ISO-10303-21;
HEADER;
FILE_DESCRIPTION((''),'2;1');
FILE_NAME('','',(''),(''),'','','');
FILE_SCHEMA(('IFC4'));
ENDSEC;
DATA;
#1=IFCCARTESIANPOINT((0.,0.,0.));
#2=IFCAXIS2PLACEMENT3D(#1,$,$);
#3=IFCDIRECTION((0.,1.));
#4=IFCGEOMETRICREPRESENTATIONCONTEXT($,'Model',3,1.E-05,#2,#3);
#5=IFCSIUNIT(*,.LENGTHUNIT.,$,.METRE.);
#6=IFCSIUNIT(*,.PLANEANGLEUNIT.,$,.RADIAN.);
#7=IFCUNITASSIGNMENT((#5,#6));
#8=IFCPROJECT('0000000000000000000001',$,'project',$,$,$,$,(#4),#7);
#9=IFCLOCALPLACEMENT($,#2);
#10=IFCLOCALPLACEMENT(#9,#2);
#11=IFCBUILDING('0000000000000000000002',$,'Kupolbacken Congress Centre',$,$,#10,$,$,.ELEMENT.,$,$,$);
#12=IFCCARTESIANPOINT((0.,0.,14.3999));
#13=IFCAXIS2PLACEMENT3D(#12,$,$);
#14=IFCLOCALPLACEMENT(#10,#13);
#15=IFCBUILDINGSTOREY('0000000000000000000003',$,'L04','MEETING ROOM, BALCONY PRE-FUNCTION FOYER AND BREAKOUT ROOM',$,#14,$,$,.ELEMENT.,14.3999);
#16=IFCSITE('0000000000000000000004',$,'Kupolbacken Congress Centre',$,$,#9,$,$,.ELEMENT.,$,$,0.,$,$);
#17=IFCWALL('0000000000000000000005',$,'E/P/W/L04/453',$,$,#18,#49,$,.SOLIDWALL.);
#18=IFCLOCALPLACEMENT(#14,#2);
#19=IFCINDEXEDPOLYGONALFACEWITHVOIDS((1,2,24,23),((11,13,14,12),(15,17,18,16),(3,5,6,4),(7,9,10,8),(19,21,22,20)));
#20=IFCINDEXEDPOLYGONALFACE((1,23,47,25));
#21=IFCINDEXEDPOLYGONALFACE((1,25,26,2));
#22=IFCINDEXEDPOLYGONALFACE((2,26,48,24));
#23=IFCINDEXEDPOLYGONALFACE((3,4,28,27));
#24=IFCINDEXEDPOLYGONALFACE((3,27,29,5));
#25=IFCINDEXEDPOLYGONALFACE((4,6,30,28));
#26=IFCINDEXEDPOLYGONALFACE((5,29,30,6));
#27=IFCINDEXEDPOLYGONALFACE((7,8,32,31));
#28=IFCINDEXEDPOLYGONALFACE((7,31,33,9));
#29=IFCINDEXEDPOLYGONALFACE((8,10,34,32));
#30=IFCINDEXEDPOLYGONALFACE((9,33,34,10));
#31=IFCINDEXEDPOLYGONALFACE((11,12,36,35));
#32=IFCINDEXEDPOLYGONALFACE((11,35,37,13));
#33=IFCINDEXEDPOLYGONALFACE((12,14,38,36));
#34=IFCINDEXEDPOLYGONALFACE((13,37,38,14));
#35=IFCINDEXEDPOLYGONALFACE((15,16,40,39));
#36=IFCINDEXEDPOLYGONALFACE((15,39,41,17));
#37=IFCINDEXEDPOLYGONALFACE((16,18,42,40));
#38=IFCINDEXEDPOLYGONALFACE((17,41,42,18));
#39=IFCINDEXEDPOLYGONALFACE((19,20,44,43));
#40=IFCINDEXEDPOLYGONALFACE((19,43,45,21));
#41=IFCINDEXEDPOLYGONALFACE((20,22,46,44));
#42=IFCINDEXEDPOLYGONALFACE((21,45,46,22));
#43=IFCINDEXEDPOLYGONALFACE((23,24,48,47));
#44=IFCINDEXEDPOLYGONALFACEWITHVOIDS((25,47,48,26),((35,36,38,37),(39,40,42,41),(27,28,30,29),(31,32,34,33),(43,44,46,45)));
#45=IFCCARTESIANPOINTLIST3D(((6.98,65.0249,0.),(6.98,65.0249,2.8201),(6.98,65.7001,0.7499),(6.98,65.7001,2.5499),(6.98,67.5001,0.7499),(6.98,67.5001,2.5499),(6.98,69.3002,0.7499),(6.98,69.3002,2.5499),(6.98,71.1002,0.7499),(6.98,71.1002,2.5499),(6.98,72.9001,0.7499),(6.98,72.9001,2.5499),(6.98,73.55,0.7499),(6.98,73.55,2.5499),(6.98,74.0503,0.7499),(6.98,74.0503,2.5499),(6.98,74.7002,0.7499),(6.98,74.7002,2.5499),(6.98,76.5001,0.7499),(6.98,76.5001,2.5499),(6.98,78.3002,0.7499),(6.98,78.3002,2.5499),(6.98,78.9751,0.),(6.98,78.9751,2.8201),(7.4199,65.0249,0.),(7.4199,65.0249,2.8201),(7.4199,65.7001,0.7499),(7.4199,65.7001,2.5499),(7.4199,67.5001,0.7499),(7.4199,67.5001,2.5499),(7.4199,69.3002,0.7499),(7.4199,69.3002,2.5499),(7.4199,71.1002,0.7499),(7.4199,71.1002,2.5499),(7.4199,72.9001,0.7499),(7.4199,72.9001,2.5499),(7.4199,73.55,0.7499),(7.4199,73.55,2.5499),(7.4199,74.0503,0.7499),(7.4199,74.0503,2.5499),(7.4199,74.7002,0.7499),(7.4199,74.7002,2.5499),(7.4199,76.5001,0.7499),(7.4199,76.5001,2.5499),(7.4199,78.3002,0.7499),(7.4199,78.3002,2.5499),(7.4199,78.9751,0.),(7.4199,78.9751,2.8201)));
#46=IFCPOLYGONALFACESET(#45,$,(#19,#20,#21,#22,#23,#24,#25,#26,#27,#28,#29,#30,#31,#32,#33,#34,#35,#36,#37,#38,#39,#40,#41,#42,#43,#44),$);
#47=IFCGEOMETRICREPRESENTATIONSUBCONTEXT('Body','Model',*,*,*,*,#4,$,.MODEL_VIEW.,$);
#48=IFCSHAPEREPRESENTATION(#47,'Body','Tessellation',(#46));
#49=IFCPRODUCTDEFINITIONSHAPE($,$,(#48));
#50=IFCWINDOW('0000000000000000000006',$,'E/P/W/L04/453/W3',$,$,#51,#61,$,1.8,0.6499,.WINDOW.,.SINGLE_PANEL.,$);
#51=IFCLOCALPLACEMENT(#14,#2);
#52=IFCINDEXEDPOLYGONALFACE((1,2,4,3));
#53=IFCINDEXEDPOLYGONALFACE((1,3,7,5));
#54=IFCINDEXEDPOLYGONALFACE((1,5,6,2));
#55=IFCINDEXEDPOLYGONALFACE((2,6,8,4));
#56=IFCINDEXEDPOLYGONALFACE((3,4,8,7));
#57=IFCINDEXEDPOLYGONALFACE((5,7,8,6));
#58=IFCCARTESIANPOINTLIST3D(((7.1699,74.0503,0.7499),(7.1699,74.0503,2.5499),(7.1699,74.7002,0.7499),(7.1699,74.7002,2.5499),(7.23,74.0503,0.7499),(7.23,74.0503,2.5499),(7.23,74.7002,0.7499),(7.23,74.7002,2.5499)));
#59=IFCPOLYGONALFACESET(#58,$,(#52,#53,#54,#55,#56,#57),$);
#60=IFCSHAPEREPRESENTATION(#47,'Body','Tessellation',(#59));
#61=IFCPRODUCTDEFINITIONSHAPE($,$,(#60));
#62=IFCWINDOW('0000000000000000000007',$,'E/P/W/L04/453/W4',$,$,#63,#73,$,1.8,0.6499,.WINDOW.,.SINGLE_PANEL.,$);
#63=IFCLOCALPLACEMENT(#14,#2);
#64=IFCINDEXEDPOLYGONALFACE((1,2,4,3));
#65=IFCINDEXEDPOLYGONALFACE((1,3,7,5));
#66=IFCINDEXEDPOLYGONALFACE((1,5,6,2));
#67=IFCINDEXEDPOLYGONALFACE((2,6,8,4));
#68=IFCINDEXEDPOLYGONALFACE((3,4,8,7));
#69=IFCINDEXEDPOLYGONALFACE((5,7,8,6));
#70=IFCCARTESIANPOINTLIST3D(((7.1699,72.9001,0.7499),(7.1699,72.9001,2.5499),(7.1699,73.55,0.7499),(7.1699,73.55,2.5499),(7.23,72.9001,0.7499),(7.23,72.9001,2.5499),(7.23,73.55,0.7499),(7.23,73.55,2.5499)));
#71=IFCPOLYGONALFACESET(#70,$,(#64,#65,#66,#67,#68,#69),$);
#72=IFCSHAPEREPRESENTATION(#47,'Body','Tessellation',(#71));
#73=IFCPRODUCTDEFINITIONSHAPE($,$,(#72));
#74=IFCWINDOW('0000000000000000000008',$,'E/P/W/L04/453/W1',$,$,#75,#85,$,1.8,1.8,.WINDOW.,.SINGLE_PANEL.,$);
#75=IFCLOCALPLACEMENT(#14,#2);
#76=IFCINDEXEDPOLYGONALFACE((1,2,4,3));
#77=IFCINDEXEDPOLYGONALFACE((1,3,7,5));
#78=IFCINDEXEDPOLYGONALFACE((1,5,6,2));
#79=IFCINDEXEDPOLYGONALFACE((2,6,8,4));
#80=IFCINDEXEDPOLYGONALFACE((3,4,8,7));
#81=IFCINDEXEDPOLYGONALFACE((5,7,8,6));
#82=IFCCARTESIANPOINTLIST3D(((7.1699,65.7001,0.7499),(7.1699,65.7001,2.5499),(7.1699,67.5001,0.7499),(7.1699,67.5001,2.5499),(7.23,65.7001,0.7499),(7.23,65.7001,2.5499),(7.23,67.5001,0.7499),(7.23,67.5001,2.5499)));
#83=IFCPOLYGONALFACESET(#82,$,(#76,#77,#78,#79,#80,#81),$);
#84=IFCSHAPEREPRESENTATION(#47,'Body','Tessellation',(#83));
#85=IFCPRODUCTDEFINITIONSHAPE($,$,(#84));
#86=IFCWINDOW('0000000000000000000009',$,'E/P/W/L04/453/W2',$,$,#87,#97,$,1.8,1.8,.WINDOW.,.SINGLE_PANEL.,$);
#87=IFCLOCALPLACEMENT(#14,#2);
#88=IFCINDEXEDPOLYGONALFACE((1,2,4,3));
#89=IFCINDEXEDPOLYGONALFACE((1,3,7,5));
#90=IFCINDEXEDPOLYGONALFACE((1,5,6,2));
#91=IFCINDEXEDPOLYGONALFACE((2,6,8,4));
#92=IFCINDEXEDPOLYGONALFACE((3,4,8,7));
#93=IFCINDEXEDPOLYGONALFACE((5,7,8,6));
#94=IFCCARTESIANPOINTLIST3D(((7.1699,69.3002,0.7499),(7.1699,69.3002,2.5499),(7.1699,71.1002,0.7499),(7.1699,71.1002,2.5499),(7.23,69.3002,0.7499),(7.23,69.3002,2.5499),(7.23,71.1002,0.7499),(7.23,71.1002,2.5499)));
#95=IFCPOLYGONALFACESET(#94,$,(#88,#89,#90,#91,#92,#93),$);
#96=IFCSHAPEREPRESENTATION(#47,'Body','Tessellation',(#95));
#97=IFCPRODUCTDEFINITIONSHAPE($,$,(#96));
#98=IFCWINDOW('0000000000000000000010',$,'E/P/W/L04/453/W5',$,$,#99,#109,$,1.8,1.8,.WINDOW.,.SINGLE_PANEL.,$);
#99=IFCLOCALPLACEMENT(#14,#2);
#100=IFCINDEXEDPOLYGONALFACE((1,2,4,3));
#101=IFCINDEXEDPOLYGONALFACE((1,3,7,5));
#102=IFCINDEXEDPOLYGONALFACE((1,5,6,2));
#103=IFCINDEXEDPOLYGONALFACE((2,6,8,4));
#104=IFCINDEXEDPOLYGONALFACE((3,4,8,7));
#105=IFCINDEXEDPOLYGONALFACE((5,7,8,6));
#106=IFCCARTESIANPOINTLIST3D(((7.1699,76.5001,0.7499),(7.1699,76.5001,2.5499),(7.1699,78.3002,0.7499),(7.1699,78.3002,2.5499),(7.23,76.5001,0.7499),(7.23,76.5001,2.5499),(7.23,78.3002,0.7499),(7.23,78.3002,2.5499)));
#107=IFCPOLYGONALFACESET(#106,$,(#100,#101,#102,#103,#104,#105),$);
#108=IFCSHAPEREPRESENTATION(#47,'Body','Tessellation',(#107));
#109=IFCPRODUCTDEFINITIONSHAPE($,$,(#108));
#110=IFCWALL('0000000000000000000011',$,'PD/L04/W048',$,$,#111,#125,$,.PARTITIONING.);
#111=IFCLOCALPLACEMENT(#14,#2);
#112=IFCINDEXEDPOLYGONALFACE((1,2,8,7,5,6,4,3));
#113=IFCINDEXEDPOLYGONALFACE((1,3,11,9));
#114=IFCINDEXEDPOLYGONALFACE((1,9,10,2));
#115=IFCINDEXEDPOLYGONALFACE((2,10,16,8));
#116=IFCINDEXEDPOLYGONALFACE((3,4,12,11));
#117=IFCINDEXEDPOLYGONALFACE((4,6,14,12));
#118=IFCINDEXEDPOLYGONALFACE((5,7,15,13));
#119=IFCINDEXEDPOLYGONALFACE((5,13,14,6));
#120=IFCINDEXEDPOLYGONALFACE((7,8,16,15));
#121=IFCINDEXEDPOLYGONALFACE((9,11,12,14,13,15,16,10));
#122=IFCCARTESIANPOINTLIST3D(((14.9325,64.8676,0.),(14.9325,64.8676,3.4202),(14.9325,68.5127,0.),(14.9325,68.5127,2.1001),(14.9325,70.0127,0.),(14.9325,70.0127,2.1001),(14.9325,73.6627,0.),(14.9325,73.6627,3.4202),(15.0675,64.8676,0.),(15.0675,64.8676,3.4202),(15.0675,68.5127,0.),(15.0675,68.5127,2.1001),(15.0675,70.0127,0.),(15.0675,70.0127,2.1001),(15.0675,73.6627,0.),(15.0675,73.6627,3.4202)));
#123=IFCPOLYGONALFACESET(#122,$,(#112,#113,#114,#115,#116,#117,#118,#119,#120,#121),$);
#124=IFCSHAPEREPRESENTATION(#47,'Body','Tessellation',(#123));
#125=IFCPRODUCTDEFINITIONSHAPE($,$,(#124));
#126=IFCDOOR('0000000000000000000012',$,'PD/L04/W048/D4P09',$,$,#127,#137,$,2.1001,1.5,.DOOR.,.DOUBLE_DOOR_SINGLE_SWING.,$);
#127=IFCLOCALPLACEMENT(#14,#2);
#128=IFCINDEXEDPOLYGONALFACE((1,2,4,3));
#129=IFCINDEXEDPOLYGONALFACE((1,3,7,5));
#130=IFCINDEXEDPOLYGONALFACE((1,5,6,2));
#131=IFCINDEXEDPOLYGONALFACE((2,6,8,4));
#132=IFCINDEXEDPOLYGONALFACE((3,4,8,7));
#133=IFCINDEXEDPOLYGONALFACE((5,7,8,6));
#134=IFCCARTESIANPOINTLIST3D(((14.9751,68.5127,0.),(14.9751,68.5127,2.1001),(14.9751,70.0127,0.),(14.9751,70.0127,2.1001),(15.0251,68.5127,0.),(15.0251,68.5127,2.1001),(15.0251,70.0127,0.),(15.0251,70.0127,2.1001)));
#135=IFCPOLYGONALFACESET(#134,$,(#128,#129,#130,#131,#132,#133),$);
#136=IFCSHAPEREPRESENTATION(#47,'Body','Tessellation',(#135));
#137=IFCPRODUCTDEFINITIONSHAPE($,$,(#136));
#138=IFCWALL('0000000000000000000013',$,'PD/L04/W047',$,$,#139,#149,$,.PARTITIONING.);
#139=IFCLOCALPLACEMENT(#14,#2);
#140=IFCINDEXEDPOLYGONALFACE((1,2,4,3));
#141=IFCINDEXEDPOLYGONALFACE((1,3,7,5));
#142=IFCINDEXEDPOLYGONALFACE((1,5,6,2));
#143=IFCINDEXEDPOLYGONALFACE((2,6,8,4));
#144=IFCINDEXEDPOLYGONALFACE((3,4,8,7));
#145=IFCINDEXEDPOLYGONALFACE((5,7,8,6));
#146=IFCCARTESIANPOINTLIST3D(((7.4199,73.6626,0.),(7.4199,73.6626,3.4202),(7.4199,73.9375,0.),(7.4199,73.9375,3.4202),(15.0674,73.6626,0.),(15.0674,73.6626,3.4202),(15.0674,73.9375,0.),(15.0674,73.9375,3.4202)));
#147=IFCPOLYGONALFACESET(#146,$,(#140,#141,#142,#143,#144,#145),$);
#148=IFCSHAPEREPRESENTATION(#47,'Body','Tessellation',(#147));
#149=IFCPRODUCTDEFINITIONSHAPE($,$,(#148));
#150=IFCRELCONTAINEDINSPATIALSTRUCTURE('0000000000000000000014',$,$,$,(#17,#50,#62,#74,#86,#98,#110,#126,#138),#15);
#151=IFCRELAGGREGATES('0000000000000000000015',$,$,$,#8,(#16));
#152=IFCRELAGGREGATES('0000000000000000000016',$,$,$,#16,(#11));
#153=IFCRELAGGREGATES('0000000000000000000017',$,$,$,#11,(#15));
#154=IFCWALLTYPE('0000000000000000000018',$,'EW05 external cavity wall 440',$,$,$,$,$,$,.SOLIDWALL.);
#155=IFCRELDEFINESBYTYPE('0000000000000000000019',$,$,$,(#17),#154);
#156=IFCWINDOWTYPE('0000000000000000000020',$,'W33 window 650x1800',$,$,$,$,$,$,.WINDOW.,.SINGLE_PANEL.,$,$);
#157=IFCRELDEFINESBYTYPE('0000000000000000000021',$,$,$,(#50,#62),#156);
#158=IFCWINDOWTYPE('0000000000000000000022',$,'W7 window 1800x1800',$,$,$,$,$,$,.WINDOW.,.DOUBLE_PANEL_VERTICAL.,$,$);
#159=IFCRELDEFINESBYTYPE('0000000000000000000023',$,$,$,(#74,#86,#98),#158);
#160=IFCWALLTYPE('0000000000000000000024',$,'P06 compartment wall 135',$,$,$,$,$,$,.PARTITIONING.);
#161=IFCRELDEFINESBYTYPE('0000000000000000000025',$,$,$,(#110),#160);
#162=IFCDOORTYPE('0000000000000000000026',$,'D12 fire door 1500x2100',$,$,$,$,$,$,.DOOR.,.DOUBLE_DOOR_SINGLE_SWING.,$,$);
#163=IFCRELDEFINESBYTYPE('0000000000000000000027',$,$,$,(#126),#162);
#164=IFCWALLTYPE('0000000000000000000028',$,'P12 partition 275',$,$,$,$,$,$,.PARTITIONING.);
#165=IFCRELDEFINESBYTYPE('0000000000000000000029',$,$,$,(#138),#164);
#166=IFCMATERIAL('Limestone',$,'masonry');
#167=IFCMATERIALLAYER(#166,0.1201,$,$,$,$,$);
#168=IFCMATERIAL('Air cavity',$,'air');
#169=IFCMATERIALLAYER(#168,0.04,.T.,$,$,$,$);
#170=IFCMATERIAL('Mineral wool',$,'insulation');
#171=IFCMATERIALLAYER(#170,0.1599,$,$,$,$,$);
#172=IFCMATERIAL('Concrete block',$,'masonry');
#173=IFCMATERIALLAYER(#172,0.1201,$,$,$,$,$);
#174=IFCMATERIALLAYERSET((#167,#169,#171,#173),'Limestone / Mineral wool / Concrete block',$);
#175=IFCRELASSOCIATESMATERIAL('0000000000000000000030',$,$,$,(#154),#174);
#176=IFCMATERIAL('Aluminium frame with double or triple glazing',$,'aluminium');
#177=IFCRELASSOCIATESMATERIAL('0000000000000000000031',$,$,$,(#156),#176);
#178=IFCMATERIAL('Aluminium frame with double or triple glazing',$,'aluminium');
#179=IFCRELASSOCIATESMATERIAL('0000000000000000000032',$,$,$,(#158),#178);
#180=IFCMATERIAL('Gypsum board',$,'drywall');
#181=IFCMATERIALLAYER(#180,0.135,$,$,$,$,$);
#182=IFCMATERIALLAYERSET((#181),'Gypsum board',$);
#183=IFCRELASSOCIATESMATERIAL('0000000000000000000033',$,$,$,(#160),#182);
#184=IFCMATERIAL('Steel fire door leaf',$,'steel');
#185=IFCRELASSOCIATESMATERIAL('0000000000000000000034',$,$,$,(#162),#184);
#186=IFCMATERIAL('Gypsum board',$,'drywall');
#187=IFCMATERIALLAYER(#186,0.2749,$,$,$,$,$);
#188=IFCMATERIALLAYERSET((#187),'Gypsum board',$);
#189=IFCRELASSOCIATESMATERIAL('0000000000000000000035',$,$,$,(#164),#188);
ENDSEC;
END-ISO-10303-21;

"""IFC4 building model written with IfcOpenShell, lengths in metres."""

from ifc_helpers import new_model, si_unit, direction, frame, frame_2d, origin, place, context, subcontext, project, spatial, rectangle, extrude, material, layer, layer_set, type_object, element, fill, save


model = new_model("IFC4")

# Units and contexts
model_context = context("Model", 3, precision=1e-05, world=origin(), true_north=direction((0.0, 1.0)))
body_context = subcontext(model_context, "Body", "Model", "MODEL_VIEW")
ifc_project = project(units=[si_unit("LENGTHUNIT", "METRE"), si_unit("PLANEANGLEUNIT", "RADIAN")], contexts=[model_context])

# Site, building, storey
site_placement = place(None, origin())
site = spatial("IfcSite", under=ifc_project, at=site_placement, Name="Kupolbacken Congress Centre", CompositionType="ELEMENT", RefElevation=0.0)
building_placement = place(site_placement, origin())
building = spatial("IfcBuilding", under=site, at=building_placement, Name="Kupolbacken Congress Centre", CompositionType="ELEMENT")
storey_placement = place(building_placement, frame((0.0, 0.0, 14.3999)))
storey = spatial("IfcBuildingStorey", under=building, at=storey_placement, Name="L04", Description="MEETING ROOM, BALCONY PRE-FUNCTION FOYER AND BREAKOUT ROOM", CompositionType="ELEMENT", Elevation=14.3999)

# Wall, openings, windows
ifc_material_1 = material(Name="Limestone", Category="masonry")
ifc_layer_1 = layer(ifc_material_1, 0.1201)
ifc_material_2 = material(Name="Air cavity", Category="air")
ifc_layer_2 = layer(ifc_material_2, 0.04, ventilated=True)
ifc_material_3 = material(Name="Mineral wool", Category="insulation")
ifc_layer_3 = layer(ifc_material_3, 0.1599)
ifc_material_4 = material(Name="Concrete block", Category="masonry")
ifc_layer_4 = layer(ifc_material_4, 0.1201)
ifc_layer_set_1 = layer_set([ifc_layer_1, ifc_layer_2, ifc_layer_3, ifc_layer_4], Name="Limestone / Mineral wool / Concrete block")
wall_type_1 = type_object("IfcWallType", Name="EW05 external cavity wall 440", PredefinedType="SOLIDWALL", material=ifc_layer_set_1)
wall_1_placement = place(storey_placement, frame((7.2, 78.9751, 0.0), z_axis=(0.0, 0.0, 1.0), x_axis=(0.0, -1.0, 0.0)))
wall_1 = element("IfcWall", 1, at=wall_1_placement, inside=storey, type_object=wall_type_1, Name="E/P/W/L04/453", PredefinedType="SOLIDWALL", context=body_context, shape_type="SweptSolid", body=[
    extrude(rectangle(XDim=13.9502, YDim=0.4399, at=frame_2d((6.9751, 0.0))), origin(), (0.0, 0.0, 1.0), 2.8201),
])
opening_1_placement = place(wall_1_placement, frame((11.4751, 0.0, 0.75)))
opening_1 = element("IfcOpeningElement", 2, at=opening_1_placement, cuts=wall_1, PredefinedType="OPENING", context=body_context, shape_type="SweptSolid", body=[
    extrude(rectangle(XDim=1.8, YDim=1.8, at=frame_2d((0.8999, 0.8999))), frame((0.0, 0.23, 0.0), z_axis=(0.0, -1.0, 0.0), x_axis=(1.0, 0.0, 0.0)), (0.0, 0.0, 1.0), 0.46),
])
opening_2_placement = place(wall_1_placement, frame((7.875, 0.0, 0.75)))
opening_2 = element("IfcOpeningElement", 3, at=opening_2_placement, cuts=wall_1, PredefinedType="OPENING", context=body_context, shape_type="SweptSolid", body=[
    extrude(rectangle(XDim=1.8, YDim=1.8, at=frame_2d((0.8999, 0.8999))), frame((0.0, 0.23, 0.0), z_axis=(0.0, -1.0, 0.0), x_axis=(1.0, 0.0, 0.0)), (0.0, 0.0, 1.0), 0.46),
])
opening_3_placement = place(wall_1_placement, frame((4.2749, 0.0, 0.75)))
opening_3 = element("IfcOpeningElement", 4, at=opening_3_placement, cuts=wall_1, PredefinedType="OPENING", context=body_context, shape_type="SweptSolid", body=[
    extrude(rectangle(XDim=0.6499, YDim=1.8, at=frame_2d((0.325, 0.8999))), frame((0.0, 0.23, 0.0), z_axis=(0.0, -1.0, 0.0), x_axis=(1.0, 0.0, 0.0)), (0.0, 0.0, 1.0), 0.46),
])
opening_4_placement = place(wall_1_placement, frame((5.425, 0.0, 0.75)))
opening_4 = element("IfcOpeningElement", 5, at=opening_4_placement, cuts=wall_1, PredefinedType="OPENING", context=body_context, shape_type="SweptSolid", body=[
    extrude(rectangle(XDim=0.6499, YDim=1.8, at=frame_2d((0.325, 0.8999))), frame((0.0, 0.23, 0.0), z_axis=(0.0, -1.0, 0.0), x_axis=(1.0, 0.0, 0.0)), (0.0, 0.0, 1.0), 0.46),
])
opening_5_placement = place(wall_1_placement, frame((0.675, 0.0, 0.75)))
opening_5 = element("IfcOpeningElement", 6, at=opening_5_placement, cuts=wall_1, PredefinedType="OPENING", context=body_context, shape_type="SweptSolid", body=[
    extrude(rectangle(XDim=1.8, YDim=1.8, at=frame_2d((0.8999, 0.8999))), frame((0.0, 0.23, 0.0), z_axis=(0.0, -1.0, 0.0), x_axis=(1.0, 0.0, 0.0)), (0.0, 0.0, 1.0), 0.46),
])
ifc_material_5 = material(Name="Aluminium frame with double or triple glazing", Category="aluminium")
window_type_1 = type_object("IfcWindowType", Name="W33 window 650x1800", PartitioningType="SINGLE_PANEL", PredefinedType="WINDOW", material=ifc_material_5)
window_1_placement = place(opening_3_placement, origin())
window_1 = element("IfcWindow", 7, at=window_1_placement, inside=storey, type_object=window_type_1, Name="E/P/W/L04/453/W3", OverallHeight=1.8, OverallWidth=0.6499, PartitioningType="SINGLE_PANEL", PredefinedType="WINDOW", context=body_context, shape_type="SweptSolid", body=[
    extrude(rectangle(XDim=0.6499, YDim=1.8, at=frame_2d((0.325, 0.8999))), frame((0.0, 0.03, 0.0), z_axis=(0.0, -1.0, 0.0), x_axis=(1.0, 0.0, 0.0)), (0.0, 0.0, 1.0), 0.0601),
])
fill(opening_3, window_1)
window_2_placement = place(opening_4_placement, origin())
window_2 = element("IfcWindow", 8, at=window_2_placement, inside=storey, type_object=window_type_1, Name="E/P/W/L04/453/W4", OverallHeight=1.8, OverallWidth=0.6499, PartitioningType="SINGLE_PANEL", PredefinedType="WINDOW", context=body_context, shape_type="SweptSolid", body=[
    extrude(rectangle(XDim=0.6499, YDim=1.8, at=frame_2d((0.325, 0.8999))), frame((0.0, 0.03, 0.0), z_axis=(0.0, -1.0, 0.0), x_axis=(1.0, 0.0, 0.0)), (0.0, 0.0, 1.0), 0.0601),
])
fill(opening_4, window_2)
ifc_material_6 = material(Name="Aluminium frame with double or triple glazing", Category="aluminium")
window_type_2 = type_object("IfcWindowType", Name="W7 window 1800x1800", PartitioningType="DOUBLE_PANEL_VERTICAL", PredefinedType="WINDOW", material=ifc_material_6)
window_3_placement = place(opening_1_placement, origin())
window_3 = element("IfcWindow", 9, at=window_3_placement, inside=storey, type_object=window_type_2, Name="E/P/W/L04/453/W1", OverallHeight=1.8, OverallWidth=1.8, PartitioningType="SINGLE_PANEL", PredefinedType="WINDOW", context=body_context, shape_type="SweptSolid", body=[
    extrude(rectangle(XDim=1.8, YDim=1.8, at=frame_2d((0.8999, 0.8999))), frame((0.0, 0.03, 0.0), z_axis=(0.0, -1.0, 0.0), x_axis=(1.0, 0.0, 0.0)), (0.0, 0.0, 1.0), 0.0601),
])
fill(opening_1, window_3)
window_4_placement = place(opening_2_placement, origin())
window_4 = element("IfcWindow", 10, at=window_4_placement, inside=storey, type_object=window_type_2, Name="E/P/W/L04/453/W2", OverallHeight=1.8, OverallWidth=1.8, PartitioningType="SINGLE_PANEL", PredefinedType="WINDOW", context=body_context, shape_type="SweptSolid", body=[
    extrude(rectangle(XDim=1.8, YDim=1.8, at=frame_2d((0.8999, 0.8999))), frame((0.0, 0.03, 0.0), z_axis=(0.0, -1.0, 0.0), x_axis=(1.0, 0.0, 0.0)), (0.0, 0.0, 1.0), 0.0601),
])
fill(opening_2, window_4)
window_5_placement = place(opening_5_placement, origin())
window_5 = element("IfcWindow", 11, at=window_5_placement, inside=storey, type_object=window_type_2, Name="E/P/W/L04/453/W5", OverallHeight=1.8, OverallWidth=1.8, PartitioningType="SINGLE_PANEL", PredefinedType="WINDOW", context=body_context, shape_type="SweptSolid", body=[
    extrude(rectangle(XDim=1.8, YDim=1.8, at=frame_2d((0.8999, 0.8999))), frame((0.0, 0.03, 0.0), z_axis=(0.0, -1.0, 0.0), x_axis=(1.0, 0.0, 0.0)), (0.0, 0.0, 1.0), 0.0601),
])
fill(opening_5, window_5)

# Wall, opening, door
ifc_material_7 = material(Name="Gypsum board", Category="drywall")
ifc_layer_5 = layer(ifc_material_7, 0.135)
ifc_layer_set_2 = layer_set([ifc_layer_5], Name="Gypsum board")
wall_type_2 = type_object("IfcWallType", Name="P06 compartment wall 135", PredefinedType="PARTITIONING", material=ifc_layer_set_2)
wall_2_placement = place(storey_placement, frame((15.0, 73.6626, 0.0), z_axis=(0.0, 0.0, 1.0), x_axis=(0.0, -1.0, 0.0)))
wall_2 = element("IfcWall", 12, at=wall_2_placement, inside=storey, type_object=wall_type_2, Name="PD/L04/W048", PredefinedType="PARTITIONING", context=body_context, shape_type="SweptSolid", body=[
    extrude(rectangle(XDim=8.7952, YDim=0.135, at=frame_2d((4.3975, 0.0))), origin(), (0.0, 0.0, 1.0), 3.4202),
])
opening_6_placement = place(wall_2_placement, frame((3.6499, 0.0, 0.0)))
opening_6 = element("IfcOpeningElement", 13, at=opening_6_placement, cuts=wall_2, PredefinedType="OPENING", context=body_context, shape_type="SweptSolid", body=[
    extrude(rectangle(XDim=1.5, YDim=2.1001, at=frame_2d((0.75, 1.05))), frame((0.0, 0.0774, 0.0), z_axis=(0.0, -1.0, 0.0), x_axis=(1.0, 0.0, 0.0)), (0.0, 0.0, 1.0), 0.155),
])
ifc_material_8 = material(Name="Steel fire door leaf", Category="steel")
door_type = type_object("IfcDoorType", Name="D12 fire door 1500x2100", OperationType="DOUBLE_DOOR_SINGLE_SWING", PredefinedType="DOOR", material=ifc_material_8)
door_placement = place(opening_6_placement, frame((1.5, 0.0, 0.0), z_axis=(0.0, 0.0, 1.0), x_axis=(-1.0, 0.0, 0.0)))
door = element("IfcDoor", 14, at=door_placement, inside=storey, type_object=door_type, Name="PD/L04/W048/D4P09", OperationType="DOUBLE_DOOR_SINGLE_SWING", OverallHeight=2.1001, OverallWidth=1.5, PredefinedType="DOOR", context=body_context, shape_type="SweptSolid", body=[
    extrude(rectangle(XDim=1.5, YDim=2.1001, at=frame_2d((0.75, 1.05))), frame((0.0, 0.0249, 0.0), z_axis=(0.0, -1.0, 0.0), x_axis=(1.0, 0.0, 0.0)), (0.0, 0.0, 1.0), 0.05),
])
fill(opening_6, door)

# Wall
ifc_material_9 = material(Name="Gypsum board", Category="drywall")
ifc_layer_6 = layer(ifc_material_9, 0.2749)
ifc_layer_set_3 = layer_set([ifc_layer_6], Name="Gypsum board")
wall_type_3 = type_object("IfcWallType", Name="P12 partition 275", PredefinedType="PARTITIONING", material=ifc_layer_set_3)
wall_3_placement = place(storey_placement, frame((7.4199, 73.8, 0.0), z_axis=(0.0, 0.0, 1.0), x_axis=(1.0, 0.0, 0.0)))
element("IfcWall", 15, at=wall_3_placement, inside=storey, type_object=wall_type_3, Name="PD/L04/W047", PredefinedType="PARTITIONING", context=body_context, shape_type="SweptSolid", body=[
    extrude(rectangle(XDim=7.6475, YDim=0.2749, at=frame_2d((3.8237, 0.0))), origin(), (0.0, 0.0, 1.0), 3.4202),
])

save(model, "model.ifc")
